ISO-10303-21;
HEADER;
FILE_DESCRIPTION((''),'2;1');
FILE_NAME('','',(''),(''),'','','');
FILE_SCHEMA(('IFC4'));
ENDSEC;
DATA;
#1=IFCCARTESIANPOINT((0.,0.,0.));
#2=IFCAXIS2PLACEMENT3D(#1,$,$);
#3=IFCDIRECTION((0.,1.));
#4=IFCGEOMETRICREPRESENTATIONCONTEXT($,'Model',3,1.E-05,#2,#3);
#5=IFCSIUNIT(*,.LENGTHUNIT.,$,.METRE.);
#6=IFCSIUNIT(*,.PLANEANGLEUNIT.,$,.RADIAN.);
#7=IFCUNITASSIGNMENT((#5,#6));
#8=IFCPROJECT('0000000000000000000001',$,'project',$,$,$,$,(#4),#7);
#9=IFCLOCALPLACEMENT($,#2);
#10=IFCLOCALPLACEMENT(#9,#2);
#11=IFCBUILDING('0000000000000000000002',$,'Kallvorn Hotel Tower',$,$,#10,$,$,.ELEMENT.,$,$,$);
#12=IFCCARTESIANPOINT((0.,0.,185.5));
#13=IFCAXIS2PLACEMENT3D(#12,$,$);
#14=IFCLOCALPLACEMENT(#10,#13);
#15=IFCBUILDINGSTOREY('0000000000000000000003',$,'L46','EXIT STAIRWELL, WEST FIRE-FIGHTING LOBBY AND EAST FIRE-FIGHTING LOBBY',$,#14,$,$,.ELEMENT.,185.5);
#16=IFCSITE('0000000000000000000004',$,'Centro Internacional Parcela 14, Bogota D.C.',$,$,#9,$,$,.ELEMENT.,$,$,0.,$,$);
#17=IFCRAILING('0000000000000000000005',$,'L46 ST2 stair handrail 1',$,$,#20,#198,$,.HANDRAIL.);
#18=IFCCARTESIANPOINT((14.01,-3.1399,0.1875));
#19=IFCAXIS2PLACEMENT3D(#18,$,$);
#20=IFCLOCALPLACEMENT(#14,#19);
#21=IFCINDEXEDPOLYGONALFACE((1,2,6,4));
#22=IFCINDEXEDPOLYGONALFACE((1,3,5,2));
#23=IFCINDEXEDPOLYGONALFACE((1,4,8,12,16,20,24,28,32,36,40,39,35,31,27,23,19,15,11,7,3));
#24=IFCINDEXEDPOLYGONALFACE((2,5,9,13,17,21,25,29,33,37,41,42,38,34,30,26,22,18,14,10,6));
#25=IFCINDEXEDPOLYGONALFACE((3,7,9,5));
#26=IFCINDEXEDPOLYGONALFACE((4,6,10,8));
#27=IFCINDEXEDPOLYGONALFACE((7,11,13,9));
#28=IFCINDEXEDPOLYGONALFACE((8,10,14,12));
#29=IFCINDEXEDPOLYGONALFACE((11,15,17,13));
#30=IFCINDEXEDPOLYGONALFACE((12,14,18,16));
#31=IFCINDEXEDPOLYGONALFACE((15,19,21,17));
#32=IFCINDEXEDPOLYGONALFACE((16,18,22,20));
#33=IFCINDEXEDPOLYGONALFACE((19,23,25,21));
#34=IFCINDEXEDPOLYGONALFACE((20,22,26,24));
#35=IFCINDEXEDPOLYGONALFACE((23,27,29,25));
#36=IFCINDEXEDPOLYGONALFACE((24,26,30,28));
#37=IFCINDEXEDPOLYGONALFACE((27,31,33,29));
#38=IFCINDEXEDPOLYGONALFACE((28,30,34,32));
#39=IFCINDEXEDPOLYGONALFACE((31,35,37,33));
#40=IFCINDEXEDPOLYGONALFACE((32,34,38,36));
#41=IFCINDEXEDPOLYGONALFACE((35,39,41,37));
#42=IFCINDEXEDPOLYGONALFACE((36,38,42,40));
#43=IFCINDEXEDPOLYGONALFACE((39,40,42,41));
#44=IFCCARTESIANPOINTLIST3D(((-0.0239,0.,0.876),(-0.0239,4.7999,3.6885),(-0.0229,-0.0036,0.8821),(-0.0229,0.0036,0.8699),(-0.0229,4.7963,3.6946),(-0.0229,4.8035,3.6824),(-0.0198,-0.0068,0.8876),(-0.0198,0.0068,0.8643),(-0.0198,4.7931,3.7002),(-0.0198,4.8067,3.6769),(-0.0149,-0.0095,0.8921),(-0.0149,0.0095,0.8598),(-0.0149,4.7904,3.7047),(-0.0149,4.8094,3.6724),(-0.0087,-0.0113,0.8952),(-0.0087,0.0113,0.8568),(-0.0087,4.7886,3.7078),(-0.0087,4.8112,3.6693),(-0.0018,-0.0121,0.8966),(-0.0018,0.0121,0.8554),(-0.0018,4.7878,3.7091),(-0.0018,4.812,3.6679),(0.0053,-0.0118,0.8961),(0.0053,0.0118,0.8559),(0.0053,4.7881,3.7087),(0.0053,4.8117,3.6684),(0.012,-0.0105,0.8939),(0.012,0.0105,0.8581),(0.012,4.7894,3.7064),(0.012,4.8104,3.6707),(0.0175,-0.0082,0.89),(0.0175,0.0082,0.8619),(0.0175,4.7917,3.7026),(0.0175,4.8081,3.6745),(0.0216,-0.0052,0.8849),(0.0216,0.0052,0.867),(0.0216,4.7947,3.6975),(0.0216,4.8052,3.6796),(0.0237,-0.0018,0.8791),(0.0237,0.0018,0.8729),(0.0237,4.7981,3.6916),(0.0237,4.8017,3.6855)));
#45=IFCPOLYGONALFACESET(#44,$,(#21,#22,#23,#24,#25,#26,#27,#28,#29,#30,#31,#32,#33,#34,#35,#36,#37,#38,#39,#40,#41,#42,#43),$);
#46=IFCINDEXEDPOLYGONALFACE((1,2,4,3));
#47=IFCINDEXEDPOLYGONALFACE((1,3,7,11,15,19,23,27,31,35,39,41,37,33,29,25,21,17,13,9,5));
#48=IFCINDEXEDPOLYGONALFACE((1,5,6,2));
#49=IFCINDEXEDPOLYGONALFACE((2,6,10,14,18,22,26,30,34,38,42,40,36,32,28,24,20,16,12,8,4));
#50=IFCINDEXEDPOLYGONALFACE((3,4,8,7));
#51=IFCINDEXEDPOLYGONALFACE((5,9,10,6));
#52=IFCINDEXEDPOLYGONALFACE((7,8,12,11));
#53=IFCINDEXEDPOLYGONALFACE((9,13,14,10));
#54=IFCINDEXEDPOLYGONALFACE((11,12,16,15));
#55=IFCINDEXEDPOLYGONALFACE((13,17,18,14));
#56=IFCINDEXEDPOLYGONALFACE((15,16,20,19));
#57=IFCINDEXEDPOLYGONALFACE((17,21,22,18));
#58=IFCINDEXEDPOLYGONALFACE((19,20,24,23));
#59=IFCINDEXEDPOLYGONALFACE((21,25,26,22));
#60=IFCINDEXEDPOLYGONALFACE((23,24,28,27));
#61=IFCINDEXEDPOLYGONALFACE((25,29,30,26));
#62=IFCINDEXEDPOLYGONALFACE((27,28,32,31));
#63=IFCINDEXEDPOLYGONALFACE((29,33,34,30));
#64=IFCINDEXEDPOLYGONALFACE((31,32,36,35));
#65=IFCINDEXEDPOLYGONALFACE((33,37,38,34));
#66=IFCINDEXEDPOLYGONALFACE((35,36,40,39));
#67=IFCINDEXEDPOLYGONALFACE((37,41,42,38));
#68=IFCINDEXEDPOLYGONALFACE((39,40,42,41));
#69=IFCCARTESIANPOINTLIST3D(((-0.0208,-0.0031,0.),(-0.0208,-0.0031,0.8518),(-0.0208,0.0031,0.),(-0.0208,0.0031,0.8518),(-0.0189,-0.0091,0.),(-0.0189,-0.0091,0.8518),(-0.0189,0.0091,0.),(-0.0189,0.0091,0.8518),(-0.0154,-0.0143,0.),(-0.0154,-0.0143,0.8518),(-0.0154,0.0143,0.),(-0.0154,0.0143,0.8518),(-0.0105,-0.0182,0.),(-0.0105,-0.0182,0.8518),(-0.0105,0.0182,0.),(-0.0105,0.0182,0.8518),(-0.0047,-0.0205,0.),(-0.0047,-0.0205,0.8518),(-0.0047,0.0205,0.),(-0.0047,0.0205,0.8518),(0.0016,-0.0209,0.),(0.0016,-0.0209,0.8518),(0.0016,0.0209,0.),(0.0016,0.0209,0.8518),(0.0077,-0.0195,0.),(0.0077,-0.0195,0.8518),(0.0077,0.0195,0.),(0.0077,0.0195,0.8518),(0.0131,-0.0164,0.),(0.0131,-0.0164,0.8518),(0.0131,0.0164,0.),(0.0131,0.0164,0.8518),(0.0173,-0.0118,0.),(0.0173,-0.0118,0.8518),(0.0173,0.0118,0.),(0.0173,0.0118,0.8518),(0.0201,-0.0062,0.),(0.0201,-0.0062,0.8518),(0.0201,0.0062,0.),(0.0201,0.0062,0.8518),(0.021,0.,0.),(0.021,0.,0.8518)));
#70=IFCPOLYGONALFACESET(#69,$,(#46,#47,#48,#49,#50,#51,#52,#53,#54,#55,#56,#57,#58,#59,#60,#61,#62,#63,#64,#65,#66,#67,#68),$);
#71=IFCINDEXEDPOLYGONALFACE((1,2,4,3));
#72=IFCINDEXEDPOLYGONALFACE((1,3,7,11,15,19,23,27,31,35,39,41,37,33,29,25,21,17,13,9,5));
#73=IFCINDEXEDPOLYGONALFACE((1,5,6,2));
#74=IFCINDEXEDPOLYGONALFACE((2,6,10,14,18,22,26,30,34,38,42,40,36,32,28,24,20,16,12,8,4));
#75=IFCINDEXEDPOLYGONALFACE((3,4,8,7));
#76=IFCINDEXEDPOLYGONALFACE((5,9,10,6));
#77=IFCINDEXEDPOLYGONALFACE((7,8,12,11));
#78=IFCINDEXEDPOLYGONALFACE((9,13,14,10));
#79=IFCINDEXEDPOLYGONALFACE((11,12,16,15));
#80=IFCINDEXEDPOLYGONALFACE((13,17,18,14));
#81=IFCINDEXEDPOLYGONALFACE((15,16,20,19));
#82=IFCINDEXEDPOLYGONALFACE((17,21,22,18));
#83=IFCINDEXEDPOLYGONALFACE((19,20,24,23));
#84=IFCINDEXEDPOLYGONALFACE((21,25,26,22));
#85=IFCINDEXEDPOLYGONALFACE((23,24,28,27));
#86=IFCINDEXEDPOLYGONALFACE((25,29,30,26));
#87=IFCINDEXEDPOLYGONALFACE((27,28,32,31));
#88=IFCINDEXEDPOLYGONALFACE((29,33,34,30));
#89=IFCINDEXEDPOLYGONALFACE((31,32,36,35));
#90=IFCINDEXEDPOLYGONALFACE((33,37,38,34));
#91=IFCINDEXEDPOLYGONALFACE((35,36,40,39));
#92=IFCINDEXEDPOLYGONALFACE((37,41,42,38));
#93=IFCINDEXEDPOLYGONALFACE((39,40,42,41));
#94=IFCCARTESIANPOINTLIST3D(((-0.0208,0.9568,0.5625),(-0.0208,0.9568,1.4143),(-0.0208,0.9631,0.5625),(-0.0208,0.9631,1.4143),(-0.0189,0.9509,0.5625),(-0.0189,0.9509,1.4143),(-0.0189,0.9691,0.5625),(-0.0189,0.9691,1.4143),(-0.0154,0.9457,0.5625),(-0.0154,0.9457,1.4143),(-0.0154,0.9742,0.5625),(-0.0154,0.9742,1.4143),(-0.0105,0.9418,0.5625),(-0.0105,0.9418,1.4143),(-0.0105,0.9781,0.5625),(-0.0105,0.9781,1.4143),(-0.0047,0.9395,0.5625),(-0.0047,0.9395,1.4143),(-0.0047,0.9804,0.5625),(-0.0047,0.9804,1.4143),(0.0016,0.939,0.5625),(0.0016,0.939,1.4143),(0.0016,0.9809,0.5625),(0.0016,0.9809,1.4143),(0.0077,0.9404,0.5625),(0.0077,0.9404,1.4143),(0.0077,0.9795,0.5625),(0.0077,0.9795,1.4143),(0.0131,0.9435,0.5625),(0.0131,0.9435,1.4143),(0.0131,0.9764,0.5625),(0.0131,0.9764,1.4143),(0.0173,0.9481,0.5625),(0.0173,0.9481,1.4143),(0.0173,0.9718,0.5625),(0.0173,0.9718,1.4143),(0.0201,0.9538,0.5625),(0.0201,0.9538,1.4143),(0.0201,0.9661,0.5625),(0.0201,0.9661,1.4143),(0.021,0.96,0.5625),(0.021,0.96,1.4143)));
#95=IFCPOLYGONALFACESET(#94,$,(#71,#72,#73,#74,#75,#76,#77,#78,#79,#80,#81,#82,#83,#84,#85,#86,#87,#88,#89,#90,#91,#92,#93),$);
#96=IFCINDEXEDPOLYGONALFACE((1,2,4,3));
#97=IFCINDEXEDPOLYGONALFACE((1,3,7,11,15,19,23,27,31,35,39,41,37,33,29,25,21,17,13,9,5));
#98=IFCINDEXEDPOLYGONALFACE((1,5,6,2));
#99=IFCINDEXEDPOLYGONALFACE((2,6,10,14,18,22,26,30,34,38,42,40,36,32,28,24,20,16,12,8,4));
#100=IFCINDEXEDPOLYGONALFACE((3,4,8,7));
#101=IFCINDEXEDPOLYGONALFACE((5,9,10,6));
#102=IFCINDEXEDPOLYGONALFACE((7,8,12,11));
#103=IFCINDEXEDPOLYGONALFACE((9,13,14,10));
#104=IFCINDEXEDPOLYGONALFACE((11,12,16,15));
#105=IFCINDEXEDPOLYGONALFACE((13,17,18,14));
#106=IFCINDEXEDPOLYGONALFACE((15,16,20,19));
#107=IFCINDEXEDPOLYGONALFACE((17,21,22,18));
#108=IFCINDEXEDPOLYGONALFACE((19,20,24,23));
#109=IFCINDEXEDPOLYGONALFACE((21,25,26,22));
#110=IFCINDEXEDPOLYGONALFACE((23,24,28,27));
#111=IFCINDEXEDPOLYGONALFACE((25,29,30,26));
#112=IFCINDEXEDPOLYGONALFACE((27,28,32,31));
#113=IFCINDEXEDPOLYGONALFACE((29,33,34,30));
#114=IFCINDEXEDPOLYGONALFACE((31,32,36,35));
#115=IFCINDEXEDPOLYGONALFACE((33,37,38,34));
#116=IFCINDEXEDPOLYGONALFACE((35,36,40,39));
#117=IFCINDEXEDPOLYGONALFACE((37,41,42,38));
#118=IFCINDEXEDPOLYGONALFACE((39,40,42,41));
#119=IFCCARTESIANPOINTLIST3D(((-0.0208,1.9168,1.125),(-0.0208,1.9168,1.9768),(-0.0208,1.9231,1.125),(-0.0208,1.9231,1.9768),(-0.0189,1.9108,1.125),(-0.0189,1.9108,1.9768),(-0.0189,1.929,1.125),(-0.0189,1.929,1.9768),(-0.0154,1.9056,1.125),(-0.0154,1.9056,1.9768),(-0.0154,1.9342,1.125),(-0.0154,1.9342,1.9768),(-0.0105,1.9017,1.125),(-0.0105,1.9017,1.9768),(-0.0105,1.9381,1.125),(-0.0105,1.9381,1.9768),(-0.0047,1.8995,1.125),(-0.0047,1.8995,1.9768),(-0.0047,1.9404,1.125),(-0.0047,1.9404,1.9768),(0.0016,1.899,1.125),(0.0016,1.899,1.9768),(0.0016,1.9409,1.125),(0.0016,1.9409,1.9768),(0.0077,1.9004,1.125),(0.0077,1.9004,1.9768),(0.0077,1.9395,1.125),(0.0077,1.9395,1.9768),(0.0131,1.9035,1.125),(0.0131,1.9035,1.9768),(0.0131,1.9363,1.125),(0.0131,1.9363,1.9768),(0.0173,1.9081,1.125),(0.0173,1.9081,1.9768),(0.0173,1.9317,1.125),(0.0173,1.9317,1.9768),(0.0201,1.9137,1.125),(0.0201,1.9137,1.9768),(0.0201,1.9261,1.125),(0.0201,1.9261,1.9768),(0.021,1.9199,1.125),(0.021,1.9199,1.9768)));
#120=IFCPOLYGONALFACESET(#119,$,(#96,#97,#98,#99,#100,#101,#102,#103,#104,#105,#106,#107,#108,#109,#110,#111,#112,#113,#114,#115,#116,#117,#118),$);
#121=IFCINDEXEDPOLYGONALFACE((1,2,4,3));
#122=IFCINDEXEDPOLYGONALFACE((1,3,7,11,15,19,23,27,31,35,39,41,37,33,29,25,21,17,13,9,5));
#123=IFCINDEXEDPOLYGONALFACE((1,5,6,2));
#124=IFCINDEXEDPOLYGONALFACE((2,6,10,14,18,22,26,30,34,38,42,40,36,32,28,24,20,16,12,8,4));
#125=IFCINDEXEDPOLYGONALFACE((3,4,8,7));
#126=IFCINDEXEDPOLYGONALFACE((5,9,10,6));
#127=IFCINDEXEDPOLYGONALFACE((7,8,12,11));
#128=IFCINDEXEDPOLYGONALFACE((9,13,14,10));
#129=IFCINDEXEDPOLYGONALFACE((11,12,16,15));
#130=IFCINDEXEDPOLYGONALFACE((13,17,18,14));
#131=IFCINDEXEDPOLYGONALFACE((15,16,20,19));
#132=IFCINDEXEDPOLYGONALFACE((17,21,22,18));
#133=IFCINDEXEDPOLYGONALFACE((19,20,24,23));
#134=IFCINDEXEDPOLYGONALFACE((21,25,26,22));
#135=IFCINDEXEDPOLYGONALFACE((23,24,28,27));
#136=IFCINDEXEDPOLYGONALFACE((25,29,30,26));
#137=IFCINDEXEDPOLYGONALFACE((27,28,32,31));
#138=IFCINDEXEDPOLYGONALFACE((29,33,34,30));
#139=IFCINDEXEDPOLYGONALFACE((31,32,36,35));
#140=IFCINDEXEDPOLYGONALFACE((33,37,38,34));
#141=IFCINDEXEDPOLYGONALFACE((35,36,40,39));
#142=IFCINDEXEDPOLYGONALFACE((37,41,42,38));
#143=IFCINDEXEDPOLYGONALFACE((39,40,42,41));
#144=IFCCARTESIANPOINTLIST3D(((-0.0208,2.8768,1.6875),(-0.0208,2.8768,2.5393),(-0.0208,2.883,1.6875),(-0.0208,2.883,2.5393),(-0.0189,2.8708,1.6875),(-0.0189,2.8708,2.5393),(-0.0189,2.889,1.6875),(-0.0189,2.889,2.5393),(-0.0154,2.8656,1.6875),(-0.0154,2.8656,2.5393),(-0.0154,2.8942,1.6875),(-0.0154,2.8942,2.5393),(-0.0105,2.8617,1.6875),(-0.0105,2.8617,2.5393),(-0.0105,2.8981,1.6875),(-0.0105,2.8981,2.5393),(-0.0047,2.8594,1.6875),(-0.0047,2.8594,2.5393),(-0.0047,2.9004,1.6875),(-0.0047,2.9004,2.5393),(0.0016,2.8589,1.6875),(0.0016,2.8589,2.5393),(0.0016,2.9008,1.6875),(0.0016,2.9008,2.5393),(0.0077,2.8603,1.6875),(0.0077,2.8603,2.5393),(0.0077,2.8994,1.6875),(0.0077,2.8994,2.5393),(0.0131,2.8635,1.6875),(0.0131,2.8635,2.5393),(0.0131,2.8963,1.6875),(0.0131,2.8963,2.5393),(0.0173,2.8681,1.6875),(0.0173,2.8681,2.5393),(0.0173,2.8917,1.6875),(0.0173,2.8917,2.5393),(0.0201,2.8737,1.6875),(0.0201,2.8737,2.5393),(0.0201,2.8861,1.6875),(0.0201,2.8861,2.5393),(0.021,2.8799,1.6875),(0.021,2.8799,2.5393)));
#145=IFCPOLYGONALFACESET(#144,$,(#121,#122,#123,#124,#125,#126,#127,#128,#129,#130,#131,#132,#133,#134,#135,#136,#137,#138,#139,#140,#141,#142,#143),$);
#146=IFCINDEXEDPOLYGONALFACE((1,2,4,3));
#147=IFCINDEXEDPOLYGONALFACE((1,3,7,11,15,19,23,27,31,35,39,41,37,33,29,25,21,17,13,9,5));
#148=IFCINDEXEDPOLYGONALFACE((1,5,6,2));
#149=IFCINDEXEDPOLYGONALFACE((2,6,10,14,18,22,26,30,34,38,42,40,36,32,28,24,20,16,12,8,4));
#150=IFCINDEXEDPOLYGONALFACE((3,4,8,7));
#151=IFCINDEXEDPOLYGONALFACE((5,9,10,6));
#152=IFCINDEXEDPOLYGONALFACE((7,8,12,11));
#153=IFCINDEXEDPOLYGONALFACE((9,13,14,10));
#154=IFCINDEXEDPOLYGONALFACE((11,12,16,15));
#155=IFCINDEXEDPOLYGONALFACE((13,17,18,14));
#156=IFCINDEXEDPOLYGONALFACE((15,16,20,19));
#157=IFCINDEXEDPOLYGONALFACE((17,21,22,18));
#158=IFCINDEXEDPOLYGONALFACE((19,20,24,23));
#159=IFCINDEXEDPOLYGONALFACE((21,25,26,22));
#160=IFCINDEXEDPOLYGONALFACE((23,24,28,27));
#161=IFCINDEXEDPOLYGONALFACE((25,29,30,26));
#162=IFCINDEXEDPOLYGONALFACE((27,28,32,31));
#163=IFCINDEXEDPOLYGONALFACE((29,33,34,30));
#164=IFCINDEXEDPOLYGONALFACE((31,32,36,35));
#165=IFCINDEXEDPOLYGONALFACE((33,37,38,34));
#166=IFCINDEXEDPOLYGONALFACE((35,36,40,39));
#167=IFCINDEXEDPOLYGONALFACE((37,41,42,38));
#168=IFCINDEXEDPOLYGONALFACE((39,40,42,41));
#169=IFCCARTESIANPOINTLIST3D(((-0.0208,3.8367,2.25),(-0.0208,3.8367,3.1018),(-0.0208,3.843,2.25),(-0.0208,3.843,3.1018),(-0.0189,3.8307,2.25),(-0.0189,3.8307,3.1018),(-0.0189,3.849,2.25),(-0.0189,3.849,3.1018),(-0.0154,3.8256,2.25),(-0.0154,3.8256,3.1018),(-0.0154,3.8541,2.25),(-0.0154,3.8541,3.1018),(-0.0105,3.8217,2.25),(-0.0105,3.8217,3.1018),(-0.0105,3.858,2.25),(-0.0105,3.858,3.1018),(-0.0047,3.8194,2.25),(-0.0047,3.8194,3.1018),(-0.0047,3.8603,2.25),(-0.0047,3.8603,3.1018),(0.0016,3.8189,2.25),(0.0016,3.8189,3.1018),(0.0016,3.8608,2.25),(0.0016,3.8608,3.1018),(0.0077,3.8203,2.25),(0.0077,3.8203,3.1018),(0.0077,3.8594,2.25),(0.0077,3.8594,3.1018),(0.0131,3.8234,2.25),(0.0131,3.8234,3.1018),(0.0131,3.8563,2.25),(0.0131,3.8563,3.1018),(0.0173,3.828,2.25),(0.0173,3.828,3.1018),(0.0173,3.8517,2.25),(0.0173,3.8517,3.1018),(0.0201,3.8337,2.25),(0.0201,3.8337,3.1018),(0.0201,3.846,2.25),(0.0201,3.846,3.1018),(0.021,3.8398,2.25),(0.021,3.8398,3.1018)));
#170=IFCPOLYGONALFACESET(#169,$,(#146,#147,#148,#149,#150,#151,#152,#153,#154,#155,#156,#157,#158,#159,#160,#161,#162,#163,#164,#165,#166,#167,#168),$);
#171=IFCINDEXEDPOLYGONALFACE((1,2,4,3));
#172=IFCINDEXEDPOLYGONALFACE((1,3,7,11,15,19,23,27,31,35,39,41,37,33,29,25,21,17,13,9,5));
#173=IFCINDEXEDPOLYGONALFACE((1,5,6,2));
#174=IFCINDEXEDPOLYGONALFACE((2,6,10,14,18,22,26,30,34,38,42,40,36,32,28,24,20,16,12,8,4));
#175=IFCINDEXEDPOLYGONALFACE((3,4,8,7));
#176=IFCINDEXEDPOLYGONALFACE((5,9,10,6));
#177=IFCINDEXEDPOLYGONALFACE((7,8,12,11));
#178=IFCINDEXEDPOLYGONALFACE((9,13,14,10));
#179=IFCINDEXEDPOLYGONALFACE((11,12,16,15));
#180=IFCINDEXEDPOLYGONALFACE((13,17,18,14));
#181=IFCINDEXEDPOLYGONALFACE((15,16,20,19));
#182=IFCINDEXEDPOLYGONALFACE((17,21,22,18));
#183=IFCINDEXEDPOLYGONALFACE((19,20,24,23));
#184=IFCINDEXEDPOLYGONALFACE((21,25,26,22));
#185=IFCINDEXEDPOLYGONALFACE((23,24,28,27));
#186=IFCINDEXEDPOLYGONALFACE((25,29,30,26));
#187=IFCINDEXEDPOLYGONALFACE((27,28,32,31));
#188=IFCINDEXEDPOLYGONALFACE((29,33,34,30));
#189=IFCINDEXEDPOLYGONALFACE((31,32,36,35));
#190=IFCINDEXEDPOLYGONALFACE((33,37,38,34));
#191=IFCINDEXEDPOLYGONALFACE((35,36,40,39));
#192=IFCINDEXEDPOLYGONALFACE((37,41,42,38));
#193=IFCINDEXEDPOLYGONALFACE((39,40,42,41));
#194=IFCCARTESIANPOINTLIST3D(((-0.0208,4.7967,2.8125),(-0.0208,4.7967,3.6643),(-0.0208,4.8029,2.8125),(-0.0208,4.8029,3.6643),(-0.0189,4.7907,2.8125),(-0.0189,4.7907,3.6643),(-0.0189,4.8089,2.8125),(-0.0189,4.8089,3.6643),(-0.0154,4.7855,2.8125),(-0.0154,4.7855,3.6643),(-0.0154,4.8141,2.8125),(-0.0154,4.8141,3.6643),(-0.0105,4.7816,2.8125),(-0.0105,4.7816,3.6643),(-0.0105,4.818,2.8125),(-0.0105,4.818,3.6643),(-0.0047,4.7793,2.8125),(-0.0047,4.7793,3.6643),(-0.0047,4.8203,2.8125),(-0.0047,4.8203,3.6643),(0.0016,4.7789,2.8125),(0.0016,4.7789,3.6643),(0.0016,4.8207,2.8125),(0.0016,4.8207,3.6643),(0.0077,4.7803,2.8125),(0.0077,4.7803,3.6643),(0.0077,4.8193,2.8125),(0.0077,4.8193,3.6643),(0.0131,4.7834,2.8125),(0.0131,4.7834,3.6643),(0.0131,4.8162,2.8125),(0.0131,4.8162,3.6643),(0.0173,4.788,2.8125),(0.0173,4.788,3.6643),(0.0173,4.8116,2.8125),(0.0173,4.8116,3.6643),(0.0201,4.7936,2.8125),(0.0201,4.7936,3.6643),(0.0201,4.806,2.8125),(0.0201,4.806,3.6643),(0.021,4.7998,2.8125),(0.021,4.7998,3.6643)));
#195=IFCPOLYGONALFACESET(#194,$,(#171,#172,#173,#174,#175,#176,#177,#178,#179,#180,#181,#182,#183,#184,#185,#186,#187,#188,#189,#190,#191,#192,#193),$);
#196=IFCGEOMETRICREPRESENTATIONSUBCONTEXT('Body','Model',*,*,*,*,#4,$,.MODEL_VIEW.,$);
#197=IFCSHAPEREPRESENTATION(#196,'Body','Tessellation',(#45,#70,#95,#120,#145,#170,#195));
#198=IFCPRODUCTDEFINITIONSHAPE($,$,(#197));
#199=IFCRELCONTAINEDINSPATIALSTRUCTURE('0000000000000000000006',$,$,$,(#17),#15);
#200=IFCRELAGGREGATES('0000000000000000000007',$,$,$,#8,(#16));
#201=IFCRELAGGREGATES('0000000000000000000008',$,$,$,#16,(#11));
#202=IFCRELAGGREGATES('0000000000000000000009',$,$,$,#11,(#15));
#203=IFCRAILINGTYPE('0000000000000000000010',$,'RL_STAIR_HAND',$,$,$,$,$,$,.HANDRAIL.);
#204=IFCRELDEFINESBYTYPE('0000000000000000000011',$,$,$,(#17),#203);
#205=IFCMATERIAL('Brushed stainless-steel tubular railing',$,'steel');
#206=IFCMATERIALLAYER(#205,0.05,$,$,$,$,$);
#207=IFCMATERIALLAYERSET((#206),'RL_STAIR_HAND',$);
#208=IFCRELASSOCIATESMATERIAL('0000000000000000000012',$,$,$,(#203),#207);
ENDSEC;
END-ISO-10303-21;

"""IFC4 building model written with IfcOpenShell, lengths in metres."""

from ifc_helpers import new_model, si_unit, direction, frame, origin, origin_2d, place, context, subcontext, project, spatial, circle, extrude, material, layer, layer_set, type_object, element, save


model = new_model("IFC4")

# Units and contexts
model_context = context("Model", 3, precision=1e-05, world=origin(), true_north=direction((0.0, 1.0)))
body_context = subcontext(model_context, "Body", "Model", "MODEL_VIEW")
ifc_project = project(units=[si_unit("LENGTHUNIT", "METRE"), si_unit("PLANEANGLEUNIT", "RADIAN")], contexts=[model_context])

# Site, building, storey
site_placement = place(None, origin())
site = spatial("IfcSite", under=ifc_project, at=site_placement, Name="Centro Internacional Parcela 14, Bogota D.C.", CompositionType="ELEMENT", RefElevation=0.0)
building_placement = place(site_placement, origin())
building = spatial("IfcBuilding", under=site, at=building_placement, Name="Kallvorn Hotel Tower", CompositionType="ELEMENT")
storey_placement = place(building_placement, frame((0.0, 0.0, 185.5)))
storey = spatial("IfcBuildingStorey", under=building, at=storey_placement, Name="L46", Description="EXIT STAIRWELL, WEST FIRE-FIGHTING LOBBY AND EAST FIRE-FIGHTING LOBBY", CompositionType="ELEMENT", Elevation=185.5)

# Railing
ifc_material_1 = material(Name="Brushed stainless-steel tubular railing", Category="steel")
ifc_layer_1 = layer(ifc_material_1, 0.05)
ifc_layer_set_1 = layer_set([ifc_layer_1], Name="RL_STAIR_HAND")
railing_type_1 = type_object("IfcRailingType", Name="RL_STAIR_HAND", PredefinedType="HANDRAIL", material=ifc_layer_set_1)
railing_1_placement = place(storey_placement, frame((14.01, -3.1399, 0.1875)))
element("IfcRailing", 1, at=railing_1_placement, inside=storey, type_object=railing_type_1, Name="L46 ST2 stair handrail 1", PredefinedType="HANDRAIL", context=body_context, shape_type="SweptSolid", body=[
    extrude(circle(Radius=0.0239, at=origin_2d()), frame((0.0, 0.0, 0.876), z_axis=(0.0, 0.86279, 0.505562), x_axis=(-1.0, 0.0, 0.0)), (0.0, 0.0, 1.0), 5.5632),
    extrude(circle(Radius=0.021, at=origin_2d()), origin(), (0.0, 0.0, 1.0), 0.8518),
    extrude(circle(Radius=0.021, at=origin_2d()), frame((0.0, 0.96, 0.5625)), (0.0, 0.0, 1.0), 0.8518),
    extrude(circle(Radius=0.021, at=origin_2d()), frame((0.0, 1.9199, 1.125)), (0.0, 0.0, 1.0), 0.8518),
    extrude(circle(Radius=0.021, at=origin_2d()), frame((0.0, 2.8799, 1.6875)), (0.0, 0.0, 1.0), 0.8518),
    extrude(circle(Radius=0.021, at=origin_2d()), frame((0.0, 3.8398, 2.25)), (0.0, 0.0, 1.0), 0.8518),
    extrude(circle(Radius=0.021, at=origin_2d()), frame((0.0, 4.7998, 2.8125)), (0.0, 0.0, 1.0), 0.8518),
])

save(model, "model.ifc")
